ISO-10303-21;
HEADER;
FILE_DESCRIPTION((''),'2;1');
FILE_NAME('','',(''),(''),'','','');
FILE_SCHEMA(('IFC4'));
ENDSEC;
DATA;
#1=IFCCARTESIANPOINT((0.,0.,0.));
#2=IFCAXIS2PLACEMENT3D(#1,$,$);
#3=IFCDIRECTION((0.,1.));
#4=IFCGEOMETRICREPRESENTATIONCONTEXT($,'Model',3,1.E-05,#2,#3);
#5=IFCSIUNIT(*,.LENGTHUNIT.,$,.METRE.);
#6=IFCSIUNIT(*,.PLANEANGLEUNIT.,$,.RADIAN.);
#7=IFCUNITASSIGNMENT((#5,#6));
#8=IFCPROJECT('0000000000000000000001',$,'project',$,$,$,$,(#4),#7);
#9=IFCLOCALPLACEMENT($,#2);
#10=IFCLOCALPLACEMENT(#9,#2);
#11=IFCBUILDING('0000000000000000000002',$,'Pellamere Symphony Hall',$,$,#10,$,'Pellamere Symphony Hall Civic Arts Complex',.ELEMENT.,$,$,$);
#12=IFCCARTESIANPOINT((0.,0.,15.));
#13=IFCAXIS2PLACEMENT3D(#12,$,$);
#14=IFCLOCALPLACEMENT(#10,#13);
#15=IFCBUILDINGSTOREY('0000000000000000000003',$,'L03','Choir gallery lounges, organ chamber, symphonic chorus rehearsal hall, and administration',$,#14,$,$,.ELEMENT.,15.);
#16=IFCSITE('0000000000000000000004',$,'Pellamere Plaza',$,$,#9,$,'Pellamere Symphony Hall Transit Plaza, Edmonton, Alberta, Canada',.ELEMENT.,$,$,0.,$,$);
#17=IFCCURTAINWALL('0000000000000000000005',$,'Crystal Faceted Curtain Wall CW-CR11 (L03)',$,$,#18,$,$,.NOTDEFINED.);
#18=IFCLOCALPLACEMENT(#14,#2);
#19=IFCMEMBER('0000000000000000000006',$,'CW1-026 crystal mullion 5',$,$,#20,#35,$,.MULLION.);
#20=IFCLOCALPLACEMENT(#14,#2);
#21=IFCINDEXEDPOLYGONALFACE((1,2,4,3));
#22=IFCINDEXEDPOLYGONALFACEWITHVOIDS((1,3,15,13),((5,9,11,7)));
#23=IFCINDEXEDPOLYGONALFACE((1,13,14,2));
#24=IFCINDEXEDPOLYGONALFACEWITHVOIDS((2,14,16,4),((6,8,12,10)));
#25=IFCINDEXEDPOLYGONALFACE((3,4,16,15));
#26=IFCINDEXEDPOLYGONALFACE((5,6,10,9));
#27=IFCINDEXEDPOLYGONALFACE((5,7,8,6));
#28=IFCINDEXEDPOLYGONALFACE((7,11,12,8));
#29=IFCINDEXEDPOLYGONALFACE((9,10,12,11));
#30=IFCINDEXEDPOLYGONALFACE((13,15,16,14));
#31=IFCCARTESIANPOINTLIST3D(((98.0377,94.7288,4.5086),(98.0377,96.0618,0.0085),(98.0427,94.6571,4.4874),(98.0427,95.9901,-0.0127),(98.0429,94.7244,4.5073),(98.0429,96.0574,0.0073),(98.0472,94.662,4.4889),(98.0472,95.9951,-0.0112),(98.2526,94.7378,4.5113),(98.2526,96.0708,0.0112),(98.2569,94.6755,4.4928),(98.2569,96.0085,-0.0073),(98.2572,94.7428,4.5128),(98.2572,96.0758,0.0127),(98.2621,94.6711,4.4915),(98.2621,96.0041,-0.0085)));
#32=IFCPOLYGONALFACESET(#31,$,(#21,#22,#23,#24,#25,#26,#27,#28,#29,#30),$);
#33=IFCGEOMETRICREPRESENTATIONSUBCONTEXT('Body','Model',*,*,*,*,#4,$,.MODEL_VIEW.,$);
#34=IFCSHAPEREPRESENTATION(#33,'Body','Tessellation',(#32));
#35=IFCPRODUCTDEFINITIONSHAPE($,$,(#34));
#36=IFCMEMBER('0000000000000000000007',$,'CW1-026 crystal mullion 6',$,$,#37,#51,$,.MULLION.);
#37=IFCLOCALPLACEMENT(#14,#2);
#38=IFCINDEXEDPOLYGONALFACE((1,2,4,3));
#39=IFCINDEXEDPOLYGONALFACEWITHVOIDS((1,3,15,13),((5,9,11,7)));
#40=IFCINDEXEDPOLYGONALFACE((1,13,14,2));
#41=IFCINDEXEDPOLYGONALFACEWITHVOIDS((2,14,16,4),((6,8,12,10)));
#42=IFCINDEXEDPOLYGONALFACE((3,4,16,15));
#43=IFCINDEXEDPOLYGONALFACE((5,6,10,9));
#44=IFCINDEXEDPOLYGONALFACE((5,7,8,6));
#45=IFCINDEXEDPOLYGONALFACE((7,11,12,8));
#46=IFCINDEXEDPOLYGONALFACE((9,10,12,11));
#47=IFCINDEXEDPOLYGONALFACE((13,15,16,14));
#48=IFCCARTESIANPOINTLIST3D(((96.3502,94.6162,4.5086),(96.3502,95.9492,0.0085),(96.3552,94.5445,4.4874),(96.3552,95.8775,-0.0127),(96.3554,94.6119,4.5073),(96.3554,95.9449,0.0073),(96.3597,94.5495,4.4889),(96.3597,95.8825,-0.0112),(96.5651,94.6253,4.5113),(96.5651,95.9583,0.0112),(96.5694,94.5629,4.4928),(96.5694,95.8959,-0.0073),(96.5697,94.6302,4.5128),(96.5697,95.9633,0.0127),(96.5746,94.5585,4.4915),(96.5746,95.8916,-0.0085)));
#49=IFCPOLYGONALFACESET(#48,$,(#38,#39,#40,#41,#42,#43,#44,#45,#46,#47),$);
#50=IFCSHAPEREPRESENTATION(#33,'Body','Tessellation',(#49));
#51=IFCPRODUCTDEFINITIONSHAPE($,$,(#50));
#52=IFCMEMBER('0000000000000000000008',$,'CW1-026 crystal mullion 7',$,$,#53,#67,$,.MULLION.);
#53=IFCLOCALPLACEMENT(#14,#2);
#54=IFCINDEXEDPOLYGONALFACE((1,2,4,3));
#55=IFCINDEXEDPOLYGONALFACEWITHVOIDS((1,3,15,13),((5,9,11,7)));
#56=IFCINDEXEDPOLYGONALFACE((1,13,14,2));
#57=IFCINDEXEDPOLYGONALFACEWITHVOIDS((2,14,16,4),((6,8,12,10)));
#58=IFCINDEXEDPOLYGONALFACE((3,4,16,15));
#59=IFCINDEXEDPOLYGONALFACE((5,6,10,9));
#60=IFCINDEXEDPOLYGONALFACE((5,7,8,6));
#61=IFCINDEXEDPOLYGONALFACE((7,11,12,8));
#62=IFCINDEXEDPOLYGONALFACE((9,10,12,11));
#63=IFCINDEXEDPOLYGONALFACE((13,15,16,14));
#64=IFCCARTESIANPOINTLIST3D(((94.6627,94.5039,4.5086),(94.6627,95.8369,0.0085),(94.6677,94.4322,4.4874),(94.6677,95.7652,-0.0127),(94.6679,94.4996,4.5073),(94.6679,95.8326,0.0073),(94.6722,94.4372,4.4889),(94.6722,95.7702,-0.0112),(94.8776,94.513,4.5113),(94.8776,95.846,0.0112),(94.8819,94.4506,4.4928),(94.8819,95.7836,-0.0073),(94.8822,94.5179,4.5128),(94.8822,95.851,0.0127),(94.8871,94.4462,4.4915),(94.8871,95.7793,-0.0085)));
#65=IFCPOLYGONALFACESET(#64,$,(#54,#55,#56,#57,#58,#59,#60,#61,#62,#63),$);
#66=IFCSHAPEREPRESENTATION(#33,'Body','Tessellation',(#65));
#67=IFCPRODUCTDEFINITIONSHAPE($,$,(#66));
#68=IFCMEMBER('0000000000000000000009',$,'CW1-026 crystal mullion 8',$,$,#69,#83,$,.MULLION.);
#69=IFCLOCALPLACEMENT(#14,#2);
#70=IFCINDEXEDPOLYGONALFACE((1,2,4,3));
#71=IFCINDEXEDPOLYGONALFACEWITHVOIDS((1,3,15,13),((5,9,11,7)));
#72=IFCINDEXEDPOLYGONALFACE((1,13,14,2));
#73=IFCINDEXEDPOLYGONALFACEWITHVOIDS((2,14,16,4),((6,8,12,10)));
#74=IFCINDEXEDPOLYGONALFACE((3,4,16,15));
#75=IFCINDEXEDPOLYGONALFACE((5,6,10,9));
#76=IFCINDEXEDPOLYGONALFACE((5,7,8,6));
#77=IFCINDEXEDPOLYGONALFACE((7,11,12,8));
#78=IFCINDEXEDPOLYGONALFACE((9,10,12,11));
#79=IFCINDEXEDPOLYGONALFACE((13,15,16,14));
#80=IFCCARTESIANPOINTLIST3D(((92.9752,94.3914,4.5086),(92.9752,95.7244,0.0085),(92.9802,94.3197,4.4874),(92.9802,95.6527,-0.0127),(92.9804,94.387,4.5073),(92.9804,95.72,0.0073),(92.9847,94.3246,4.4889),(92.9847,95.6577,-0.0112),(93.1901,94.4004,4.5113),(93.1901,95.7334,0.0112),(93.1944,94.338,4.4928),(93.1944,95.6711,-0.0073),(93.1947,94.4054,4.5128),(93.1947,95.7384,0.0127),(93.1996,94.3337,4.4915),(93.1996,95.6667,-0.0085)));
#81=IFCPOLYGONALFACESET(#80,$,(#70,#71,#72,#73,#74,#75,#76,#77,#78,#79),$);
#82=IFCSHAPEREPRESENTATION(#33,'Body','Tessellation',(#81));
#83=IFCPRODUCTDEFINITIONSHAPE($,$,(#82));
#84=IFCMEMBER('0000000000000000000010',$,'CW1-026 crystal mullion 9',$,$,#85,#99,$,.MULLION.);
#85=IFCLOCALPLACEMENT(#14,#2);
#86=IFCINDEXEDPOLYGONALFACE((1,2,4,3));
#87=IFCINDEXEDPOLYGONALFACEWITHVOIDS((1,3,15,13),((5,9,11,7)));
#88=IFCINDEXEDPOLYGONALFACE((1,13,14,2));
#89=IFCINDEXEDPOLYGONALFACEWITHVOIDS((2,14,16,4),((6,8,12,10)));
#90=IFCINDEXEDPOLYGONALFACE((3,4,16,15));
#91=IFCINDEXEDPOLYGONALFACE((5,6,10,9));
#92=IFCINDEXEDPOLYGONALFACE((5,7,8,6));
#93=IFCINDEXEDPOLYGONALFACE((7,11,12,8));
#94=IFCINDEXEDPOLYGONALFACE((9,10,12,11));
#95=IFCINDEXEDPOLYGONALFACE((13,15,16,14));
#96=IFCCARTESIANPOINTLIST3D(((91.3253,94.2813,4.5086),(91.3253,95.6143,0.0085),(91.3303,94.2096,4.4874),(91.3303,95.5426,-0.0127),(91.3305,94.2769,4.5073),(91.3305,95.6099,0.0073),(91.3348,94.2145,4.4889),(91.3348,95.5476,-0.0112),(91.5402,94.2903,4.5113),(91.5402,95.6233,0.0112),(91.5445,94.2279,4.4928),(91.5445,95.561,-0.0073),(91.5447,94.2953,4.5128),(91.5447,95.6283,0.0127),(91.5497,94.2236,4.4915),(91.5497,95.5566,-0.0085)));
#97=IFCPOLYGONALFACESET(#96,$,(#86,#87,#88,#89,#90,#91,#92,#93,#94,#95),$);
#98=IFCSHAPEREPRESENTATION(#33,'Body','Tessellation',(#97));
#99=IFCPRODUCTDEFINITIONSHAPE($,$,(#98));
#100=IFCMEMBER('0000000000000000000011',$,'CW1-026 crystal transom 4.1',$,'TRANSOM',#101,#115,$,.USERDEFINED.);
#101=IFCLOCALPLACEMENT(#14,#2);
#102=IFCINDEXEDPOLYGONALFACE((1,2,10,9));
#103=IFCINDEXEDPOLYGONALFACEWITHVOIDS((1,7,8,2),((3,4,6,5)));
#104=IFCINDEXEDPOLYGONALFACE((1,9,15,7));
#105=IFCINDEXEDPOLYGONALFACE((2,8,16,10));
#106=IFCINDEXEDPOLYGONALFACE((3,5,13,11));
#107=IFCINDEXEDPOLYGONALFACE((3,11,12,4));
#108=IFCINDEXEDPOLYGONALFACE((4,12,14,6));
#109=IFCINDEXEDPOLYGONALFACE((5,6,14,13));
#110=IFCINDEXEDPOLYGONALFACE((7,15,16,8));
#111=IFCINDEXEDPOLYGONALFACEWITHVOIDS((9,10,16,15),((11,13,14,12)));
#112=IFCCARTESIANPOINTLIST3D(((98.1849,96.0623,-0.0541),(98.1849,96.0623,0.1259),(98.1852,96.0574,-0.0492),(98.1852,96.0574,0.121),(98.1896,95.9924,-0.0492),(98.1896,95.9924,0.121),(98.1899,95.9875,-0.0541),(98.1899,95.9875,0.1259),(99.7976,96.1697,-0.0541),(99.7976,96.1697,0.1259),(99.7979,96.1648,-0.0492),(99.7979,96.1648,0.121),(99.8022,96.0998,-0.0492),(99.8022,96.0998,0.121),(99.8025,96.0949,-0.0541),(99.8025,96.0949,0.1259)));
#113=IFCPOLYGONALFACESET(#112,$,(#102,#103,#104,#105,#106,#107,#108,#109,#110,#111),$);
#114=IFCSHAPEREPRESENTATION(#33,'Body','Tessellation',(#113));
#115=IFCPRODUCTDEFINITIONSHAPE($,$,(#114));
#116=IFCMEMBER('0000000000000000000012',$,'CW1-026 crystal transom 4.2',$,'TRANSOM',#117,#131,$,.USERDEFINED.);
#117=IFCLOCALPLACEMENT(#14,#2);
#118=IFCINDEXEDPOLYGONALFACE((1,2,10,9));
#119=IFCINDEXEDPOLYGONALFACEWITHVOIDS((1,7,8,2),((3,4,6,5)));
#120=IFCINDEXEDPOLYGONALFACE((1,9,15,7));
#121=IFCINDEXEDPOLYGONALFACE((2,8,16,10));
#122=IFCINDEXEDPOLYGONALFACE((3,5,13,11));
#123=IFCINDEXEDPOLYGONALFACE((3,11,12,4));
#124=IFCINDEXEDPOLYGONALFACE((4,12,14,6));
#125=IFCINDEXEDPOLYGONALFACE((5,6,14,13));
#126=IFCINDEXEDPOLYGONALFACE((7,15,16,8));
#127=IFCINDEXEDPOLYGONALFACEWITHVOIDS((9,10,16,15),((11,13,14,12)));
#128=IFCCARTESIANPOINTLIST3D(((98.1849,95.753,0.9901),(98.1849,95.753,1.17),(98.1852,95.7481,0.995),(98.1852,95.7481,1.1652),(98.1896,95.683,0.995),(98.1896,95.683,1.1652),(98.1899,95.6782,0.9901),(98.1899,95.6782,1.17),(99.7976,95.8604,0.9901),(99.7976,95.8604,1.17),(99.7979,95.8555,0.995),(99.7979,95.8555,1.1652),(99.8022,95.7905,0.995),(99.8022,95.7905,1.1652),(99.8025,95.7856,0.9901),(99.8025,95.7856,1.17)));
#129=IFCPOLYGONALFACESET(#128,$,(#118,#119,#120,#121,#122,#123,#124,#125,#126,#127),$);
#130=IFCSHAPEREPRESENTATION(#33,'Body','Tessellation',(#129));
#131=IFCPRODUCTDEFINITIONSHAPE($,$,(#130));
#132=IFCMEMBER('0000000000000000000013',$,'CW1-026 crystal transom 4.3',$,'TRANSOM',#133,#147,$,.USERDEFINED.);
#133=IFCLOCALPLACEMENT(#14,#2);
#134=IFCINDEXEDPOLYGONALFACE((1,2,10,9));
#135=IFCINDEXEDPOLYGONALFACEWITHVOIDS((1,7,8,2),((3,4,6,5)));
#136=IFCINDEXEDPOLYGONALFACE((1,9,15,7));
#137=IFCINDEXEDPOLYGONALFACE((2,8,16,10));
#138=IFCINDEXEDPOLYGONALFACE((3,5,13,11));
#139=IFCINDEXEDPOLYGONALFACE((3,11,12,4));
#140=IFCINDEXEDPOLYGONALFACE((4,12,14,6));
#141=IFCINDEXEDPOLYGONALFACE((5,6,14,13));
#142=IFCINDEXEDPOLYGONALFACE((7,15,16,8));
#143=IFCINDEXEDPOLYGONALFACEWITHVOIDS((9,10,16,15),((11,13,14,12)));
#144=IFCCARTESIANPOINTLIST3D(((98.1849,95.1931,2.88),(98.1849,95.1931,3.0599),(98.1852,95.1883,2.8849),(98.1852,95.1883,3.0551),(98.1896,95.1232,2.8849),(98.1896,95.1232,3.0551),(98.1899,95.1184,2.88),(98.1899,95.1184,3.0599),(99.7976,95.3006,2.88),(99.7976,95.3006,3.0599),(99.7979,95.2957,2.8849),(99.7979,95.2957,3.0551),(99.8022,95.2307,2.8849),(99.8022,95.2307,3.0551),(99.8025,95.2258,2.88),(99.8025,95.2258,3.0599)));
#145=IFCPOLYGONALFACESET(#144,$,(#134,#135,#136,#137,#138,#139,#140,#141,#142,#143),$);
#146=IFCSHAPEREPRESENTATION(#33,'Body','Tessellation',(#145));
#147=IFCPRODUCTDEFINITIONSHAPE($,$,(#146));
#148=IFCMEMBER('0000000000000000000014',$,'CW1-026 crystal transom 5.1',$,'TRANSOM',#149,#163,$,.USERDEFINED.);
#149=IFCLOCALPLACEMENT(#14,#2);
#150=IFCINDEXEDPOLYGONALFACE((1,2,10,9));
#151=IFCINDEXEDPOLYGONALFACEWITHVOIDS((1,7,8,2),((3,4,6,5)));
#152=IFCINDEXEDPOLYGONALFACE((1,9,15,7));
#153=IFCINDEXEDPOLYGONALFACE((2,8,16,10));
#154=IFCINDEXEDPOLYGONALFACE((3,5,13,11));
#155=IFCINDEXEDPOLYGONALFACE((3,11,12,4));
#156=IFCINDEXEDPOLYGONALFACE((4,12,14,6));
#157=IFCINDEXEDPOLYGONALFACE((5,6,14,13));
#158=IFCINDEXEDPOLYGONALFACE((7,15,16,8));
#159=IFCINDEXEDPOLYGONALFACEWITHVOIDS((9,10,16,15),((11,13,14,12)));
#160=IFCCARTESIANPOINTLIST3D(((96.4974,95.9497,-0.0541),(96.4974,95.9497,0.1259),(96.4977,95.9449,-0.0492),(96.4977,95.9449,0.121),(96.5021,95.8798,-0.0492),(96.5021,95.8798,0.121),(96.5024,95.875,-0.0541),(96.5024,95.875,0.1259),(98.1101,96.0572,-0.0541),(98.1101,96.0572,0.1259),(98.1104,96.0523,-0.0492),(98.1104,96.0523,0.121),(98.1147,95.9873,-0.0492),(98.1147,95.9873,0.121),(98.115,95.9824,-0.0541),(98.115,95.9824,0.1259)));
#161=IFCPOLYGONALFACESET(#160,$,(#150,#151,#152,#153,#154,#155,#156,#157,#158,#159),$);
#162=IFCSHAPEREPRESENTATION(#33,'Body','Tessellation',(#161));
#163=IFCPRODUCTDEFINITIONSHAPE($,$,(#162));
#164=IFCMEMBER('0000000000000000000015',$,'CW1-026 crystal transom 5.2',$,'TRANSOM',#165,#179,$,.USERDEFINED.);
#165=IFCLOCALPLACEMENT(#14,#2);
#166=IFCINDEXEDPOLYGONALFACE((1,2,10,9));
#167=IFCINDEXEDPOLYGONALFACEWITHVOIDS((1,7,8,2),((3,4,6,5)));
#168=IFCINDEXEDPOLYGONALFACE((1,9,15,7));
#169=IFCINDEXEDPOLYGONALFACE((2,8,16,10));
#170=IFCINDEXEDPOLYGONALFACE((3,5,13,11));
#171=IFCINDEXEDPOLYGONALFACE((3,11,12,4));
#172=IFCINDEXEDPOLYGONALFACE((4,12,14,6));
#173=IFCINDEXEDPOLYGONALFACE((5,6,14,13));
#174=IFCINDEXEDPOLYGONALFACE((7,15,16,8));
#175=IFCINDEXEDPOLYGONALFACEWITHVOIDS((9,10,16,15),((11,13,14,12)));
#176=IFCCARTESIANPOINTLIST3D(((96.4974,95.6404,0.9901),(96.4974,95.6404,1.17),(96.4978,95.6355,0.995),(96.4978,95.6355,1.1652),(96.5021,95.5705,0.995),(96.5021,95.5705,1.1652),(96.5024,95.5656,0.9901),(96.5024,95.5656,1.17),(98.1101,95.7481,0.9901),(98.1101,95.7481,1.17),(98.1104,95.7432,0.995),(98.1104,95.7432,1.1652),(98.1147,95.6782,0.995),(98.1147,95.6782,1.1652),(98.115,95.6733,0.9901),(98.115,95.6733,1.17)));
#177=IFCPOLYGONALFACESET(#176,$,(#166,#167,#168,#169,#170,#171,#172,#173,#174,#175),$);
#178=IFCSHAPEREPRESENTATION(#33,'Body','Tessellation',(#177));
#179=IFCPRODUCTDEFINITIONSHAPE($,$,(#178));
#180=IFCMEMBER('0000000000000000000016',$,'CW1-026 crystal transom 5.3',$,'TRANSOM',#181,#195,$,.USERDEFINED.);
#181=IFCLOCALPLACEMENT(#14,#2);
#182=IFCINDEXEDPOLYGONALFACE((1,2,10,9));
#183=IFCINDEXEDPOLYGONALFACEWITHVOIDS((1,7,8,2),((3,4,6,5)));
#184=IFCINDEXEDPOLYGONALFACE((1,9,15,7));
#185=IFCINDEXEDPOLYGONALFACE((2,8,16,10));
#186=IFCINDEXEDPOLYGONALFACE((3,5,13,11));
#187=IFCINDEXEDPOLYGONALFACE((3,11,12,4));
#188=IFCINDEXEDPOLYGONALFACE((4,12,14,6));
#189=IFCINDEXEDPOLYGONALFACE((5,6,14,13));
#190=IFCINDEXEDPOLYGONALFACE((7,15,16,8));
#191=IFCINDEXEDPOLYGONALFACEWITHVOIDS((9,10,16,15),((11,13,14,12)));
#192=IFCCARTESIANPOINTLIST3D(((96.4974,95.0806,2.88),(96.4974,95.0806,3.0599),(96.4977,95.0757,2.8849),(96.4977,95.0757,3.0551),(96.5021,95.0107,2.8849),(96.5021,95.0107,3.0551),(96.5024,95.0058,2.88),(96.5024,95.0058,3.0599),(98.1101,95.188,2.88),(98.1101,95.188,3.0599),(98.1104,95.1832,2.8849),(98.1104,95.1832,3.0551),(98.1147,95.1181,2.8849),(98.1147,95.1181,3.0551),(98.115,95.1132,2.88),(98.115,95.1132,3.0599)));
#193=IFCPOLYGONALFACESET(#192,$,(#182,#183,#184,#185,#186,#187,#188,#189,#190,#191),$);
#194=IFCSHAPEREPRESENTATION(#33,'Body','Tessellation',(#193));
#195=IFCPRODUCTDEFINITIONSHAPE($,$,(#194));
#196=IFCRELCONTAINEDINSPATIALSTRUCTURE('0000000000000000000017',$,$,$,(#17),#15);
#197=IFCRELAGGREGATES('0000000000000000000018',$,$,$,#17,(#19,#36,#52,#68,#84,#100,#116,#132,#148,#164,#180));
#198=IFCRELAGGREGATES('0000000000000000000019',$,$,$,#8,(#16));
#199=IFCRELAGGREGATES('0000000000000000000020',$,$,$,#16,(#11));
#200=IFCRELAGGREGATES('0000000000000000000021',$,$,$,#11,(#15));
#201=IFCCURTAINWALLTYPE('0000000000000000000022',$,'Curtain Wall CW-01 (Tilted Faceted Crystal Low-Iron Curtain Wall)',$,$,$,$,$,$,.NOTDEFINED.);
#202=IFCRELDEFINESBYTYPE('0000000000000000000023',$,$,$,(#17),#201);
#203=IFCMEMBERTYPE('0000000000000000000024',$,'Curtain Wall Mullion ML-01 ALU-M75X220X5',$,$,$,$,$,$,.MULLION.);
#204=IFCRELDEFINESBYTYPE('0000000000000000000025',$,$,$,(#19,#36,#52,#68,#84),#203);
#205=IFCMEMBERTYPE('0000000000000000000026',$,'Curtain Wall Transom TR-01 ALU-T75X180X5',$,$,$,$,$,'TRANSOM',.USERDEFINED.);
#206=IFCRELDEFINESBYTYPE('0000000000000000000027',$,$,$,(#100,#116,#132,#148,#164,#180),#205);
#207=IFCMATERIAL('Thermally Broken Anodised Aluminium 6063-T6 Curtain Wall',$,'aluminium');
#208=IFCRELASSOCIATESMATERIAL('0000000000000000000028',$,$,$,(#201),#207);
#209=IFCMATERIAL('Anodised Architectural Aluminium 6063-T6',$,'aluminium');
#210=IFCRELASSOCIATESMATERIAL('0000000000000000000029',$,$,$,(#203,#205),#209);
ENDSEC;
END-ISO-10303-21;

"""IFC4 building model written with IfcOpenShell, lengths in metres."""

from ifc_helpers import new_model, si_unit, direction, frame, origin, origin_2d, place, context, subcontext, project, spatial, hollow_rectangle, extrude, material, material_profile, profile_set, type_object, element, aggregate, save


model = new_model("IFC4")

# Units and contexts
model_context = context("Model", 3, precision=1e-05, world=origin(), true_north=direction((0.0, 1.0)))
body_context = subcontext(model_context, "Body", "Model", "MODEL_VIEW")
ifc_project = project(units=[si_unit("LENGTHUNIT", "METRE"), si_unit("PLANEANGLEUNIT", "RADIAN")], contexts=[model_context])

# Site, building, storey
site_placement = place(None, origin())
site = spatial("IfcSite", under=ifc_project, at=site_placement, Name="Pellamere Plaza", LongName="Pellamere Symphony Hall Transit Plaza, Edmonton, Alberta, Canada", CompositionType="ELEMENT", RefElevation=0.0)
building_placement = place(site_placement, origin())
building = spatial("IfcBuilding", under=site, at=building_placement, Name="Pellamere Symphony Hall", LongName="Pellamere Symphony Hall Civic Arts Complex", CompositionType="ELEMENT")
storey_placement = place(building_placement, frame((0.0, 0.0, 15.0)))
storey = spatial("IfcBuildingStorey", under=building, at=storey_placement, Name="L03", Description="Choir gallery lounges, organ chamber, symphonic chorus rehearsal hall, and administration", CompositionType="ELEMENT", Elevation=15.0)

# Curtain wall, members
ifc_material_1 = material(Name="Thermally Broken Anodised Aluminium 6063-T6 Curtain Wall", Category="aluminium")
curtain_wall_type = type_object("IfcCurtainWallType", Name="Curtain Wall CW-01 (Tilted Faceted Crystal Low-Iron Curtain Wall)", PredefinedType="NOTDEFINED", material=ifc_material_1)
curtain_wall_1_placement = place(storey_placement, origin())
curtain_wall_1 = element("IfcCurtainWall", 1, at=curtain_wall_1_placement, inside=storey, type_object=curtain_wall_type, Name="Crystal Faceted Curtain Wall CW-CR11 (L03)", PredefinedType="NOTDEFINED")
ifc_material_2 = material(Name="Anodised Architectural Aluminium 6063-T6", Category="aluminium")
ifc_material_profile_1 = material_profile(ifc_material_2, hollow_rectangle(XDim=0.075, YDim=0.22, WallThickness=0.0049, at=origin_2d()), Name="ALU-M75X220X5")
ifc_profile_set_1 = profile_set([ifc_material_profile_1], Name="Anodised Architectural Aluminium 6063-T6")
member_type_1 = type_object("IfcMemberType", Name="Curtain Wall Mullion ML-01 ALU-M75X220X5", PredefinedType="MULLION", material=ifc_profile_set_1)
member_1_placement = place(storey_placement, frame((98.1499, 96.033, 0.0), z_axis=(0.0, -0.284025, 0.958817), x_axis=(0.066519, -0.956693, -0.283395)))
member_1 = element("IfcMember", 2, at=member_1_placement, type_object=member_type_1, Name="CW1-026 crystal mullion 5", PredefinedType="MULLION", context=body_context, shape_type="SweptSolid", body=[
    extrude(hollow_rectangle(XDim=0.075, YDim=0.22, WallThickness=0.0049, at=origin_2d()), origin(), (0.0, 0.0, 1.0), 4.6934),
])
member_2_placement = place(storey_placement, frame((96.4624, 95.9204, 0.0), z_axis=(0.0, -0.284025, 0.958817), x_axis=(0.066519, -0.956693, -0.283395)))
member_2 = element("IfcMember", 3, at=member_2_placement, type_object=member_type_1, Name="CW1-026 crystal mullion 6", PredefinedType="MULLION", context=body_context, shape_type="SweptSolid", body=[
    extrude(hollow_rectangle(XDim=0.075, YDim=0.22, WallThickness=0.0049, at=origin_2d()), origin(), (0.0, 0.0, 1.0), 4.6934),
])
member_3_placement = place(storey_placement, frame((94.7749, 95.8081, 0.0), z_axis=(0.0, -0.284025, 0.958817), x_axis=(0.066519, -0.956693, -0.283395)))
member_3 = element("IfcMember", 4, at=member_3_placement, type_object=member_type_1, Name="CW1-026 crystal mullion 7", PredefinedType="MULLION", context=body_context, shape_type="SweptSolid", body=[
    extrude(hollow_rectangle(XDim=0.075, YDim=0.22, WallThickness=0.0049, at=origin_2d()), origin(), (0.0, 0.0, 1.0), 4.6934),
])
member_4_placement = place(storey_placement, frame((93.0874, 95.6956, 0.0), z_axis=(0.0, -0.284025, 0.958817), x_axis=(0.066519, -0.956693, -0.283395)))
member_4 = element("IfcMember", 5, at=member_4_placement, type_object=member_type_1, Name="CW1-026 crystal mullion 8", PredefinedType="MULLION", context=body_context, shape_type="SweptSolid", body=[
    extrude(hollow_rectangle(XDim=0.075, YDim=0.22, WallThickness=0.0049, at=origin_2d()), origin(), (0.0, 0.0, 1.0), 4.6934),
])
member_5_placement = place(storey_placement, frame((91.4375, 95.5854, 0.0), z_axis=(0.0, -0.284025, 0.958817), x_axis=(0.066519, -0.956693, -0.283395)))
member_5 = element("IfcMember", 6, at=member_5_placement, type_object=member_type_1, Name="CW1-026 crystal mullion 9", PredefinedType="MULLION", context=body_context, shape_type="SweptSolid", body=[
    extrude(hollow_rectangle(XDim=0.075, YDim=0.22, WallThickness=0.0049, at=origin_2d()), origin(), (0.0, 0.0, 1.0), 4.6934),
])
ifc_material_profile_2 = material_profile(ifc_material_2, hollow_rectangle(XDim=0.075, YDim=0.1799, WallThickness=0.0049, at=origin_2d()), Name="ALU-T75X180X5")
ifc_profile_set_2 = profile_set([ifc_material_profile_2], Name="Anodised Architectural Aluminium 6063-T6")
member_type_2 = type_object("IfcMemberType", Name="Curtain Wall Transom TR-01 ALU-T75X180X5", ElementType="TRANSOM", PredefinedType="USERDEFINED", material=ifc_profile_set_2)
member_6_placement = place(storey_placement, frame((99.8, 96.1323, 0.0359), z_axis=(-0.997788, -0.066469, 0.0), x_axis=(0.066469, -0.997788, 0.0)))
member_6 = element("IfcMember", 7, at=member_6_placement, type_object=member_type_2, Name="CW1-026 crystal transom 4.1", ObjectType="TRANSOM", PredefinedType="USERDEFINED", context=body_context, shape_type="SweptSolid", body=[
    extrude(hollow_rectangle(XDim=0.075, YDim=0.1799, WallThickness=0.0049, at=origin_2d()), origin(), (0.0, 0.0, 1.0), 1.6162),
])
member_7_placement = place(storey_placement, frame((99.8, 95.823, 1.0801), z_axis=(-0.997788, -0.066469, 0.0), x_axis=(0.066469, -0.997788, 0.0)))
member_7 = element("IfcMember", 8, at=member_7_placement, type_object=member_type_2, Name="CW1-026 crystal transom 4.2", ObjectType="TRANSOM", PredefinedType="USERDEFINED", context=body_context, shape_type="SweptSolid", body=[
    extrude(hollow_rectangle(XDim=0.075, YDim=0.1799, WallThickness=0.0049, at=origin_2d()), origin(), (0.0, 0.0, 1.0), 1.6162),
])
member_8_placement = place(storey_placement, frame((99.8, 95.2632, 2.97), z_axis=(-0.997788, -0.066469, 0.0), x_axis=(0.066469, -0.997788, 0.0)))
member_8 = element("IfcMember", 9, at=member_8_placement, type_object=member_type_2, Name="CW1-026 crystal transom 4.3", ObjectType="TRANSOM", PredefinedType="USERDEFINED", context=body_context, shape_type="SweptSolid", body=[
    extrude(hollow_rectangle(XDim=0.075, YDim=0.1799, WallThickness=0.0049, at=origin_2d()), origin(), (0.0, 0.0, 1.0), 1.6162),
])
member_9_placement = place(storey_placement, frame((98.1125, 96.0198, 0.0359), z_axis=(-0.997788, -0.066469, 0.0), x_axis=(0.066469, -0.997788, 0.0)))
member_9 = element("IfcMember", 10, at=member_9_placement, type_object=member_type_2, Name="CW1-026 crystal transom 5.1", ObjectType="TRANSOM", PredefinedType="USERDEFINED", context=body_context, shape_type="SweptSolid", body=[
    extrude(hollow_rectangle(XDim=0.075, YDim=0.1799, WallThickness=0.0049, at=origin_2d()), origin(), (0.0, 0.0, 1.0), 1.6162),
])
member_10_placement = place(storey_placement, frame((98.1125, 95.7107, 1.0801), z_axis=(-0.997778, -0.066619, 0.0), x_axis=(0.066619, -0.997778, 0.0)))
member_10 = element("IfcMember", 11, at=member_10_placement, type_object=member_type_2, Name="CW1-026 crystal transom 5.2", ObjectType="TRANSOM", PredefinedType="USERDEFINED", context=body_context, shape_type="SweptSolid", body=[
    extrude(hollow_rectangle(XDim=0.075, YDim=0.1799, WallThickness=0.0049, at=origin_2d()), origin(), (0.0, 0.0, 1.0), 1.6162),
])
member_11_placement = place(storey_placement, frame((98.1125, 95.1506, 2.97), z_axis=(-0.997788, -0.066469, 0.0), x_axis=(0.066469, -0.997788, 0.0)))
member_11 = element("IfcMember", 12, at=member_11_placement, type_object=member_type_2, Name="CW1-026 crystal transom 5.3", ObjectType="TRANSOM", PredefinedType="USERDEFINED", context=body_context, shape_type="SweptSolid", body=[
    extrude(hollow_rectangle(XDim=0.075, YDim=0.1799, WallThickness=0.0049, at=origin_2d()), origin(), (0.0, 0.0, 1.0), 1.6162),
])

aggregate(curtain_wall_1, [member_1, member_2, member_3, member_4, member_5, member_6, member_7, member_8, member_9, member_10, member_11])

save(model, "model.ifc")
